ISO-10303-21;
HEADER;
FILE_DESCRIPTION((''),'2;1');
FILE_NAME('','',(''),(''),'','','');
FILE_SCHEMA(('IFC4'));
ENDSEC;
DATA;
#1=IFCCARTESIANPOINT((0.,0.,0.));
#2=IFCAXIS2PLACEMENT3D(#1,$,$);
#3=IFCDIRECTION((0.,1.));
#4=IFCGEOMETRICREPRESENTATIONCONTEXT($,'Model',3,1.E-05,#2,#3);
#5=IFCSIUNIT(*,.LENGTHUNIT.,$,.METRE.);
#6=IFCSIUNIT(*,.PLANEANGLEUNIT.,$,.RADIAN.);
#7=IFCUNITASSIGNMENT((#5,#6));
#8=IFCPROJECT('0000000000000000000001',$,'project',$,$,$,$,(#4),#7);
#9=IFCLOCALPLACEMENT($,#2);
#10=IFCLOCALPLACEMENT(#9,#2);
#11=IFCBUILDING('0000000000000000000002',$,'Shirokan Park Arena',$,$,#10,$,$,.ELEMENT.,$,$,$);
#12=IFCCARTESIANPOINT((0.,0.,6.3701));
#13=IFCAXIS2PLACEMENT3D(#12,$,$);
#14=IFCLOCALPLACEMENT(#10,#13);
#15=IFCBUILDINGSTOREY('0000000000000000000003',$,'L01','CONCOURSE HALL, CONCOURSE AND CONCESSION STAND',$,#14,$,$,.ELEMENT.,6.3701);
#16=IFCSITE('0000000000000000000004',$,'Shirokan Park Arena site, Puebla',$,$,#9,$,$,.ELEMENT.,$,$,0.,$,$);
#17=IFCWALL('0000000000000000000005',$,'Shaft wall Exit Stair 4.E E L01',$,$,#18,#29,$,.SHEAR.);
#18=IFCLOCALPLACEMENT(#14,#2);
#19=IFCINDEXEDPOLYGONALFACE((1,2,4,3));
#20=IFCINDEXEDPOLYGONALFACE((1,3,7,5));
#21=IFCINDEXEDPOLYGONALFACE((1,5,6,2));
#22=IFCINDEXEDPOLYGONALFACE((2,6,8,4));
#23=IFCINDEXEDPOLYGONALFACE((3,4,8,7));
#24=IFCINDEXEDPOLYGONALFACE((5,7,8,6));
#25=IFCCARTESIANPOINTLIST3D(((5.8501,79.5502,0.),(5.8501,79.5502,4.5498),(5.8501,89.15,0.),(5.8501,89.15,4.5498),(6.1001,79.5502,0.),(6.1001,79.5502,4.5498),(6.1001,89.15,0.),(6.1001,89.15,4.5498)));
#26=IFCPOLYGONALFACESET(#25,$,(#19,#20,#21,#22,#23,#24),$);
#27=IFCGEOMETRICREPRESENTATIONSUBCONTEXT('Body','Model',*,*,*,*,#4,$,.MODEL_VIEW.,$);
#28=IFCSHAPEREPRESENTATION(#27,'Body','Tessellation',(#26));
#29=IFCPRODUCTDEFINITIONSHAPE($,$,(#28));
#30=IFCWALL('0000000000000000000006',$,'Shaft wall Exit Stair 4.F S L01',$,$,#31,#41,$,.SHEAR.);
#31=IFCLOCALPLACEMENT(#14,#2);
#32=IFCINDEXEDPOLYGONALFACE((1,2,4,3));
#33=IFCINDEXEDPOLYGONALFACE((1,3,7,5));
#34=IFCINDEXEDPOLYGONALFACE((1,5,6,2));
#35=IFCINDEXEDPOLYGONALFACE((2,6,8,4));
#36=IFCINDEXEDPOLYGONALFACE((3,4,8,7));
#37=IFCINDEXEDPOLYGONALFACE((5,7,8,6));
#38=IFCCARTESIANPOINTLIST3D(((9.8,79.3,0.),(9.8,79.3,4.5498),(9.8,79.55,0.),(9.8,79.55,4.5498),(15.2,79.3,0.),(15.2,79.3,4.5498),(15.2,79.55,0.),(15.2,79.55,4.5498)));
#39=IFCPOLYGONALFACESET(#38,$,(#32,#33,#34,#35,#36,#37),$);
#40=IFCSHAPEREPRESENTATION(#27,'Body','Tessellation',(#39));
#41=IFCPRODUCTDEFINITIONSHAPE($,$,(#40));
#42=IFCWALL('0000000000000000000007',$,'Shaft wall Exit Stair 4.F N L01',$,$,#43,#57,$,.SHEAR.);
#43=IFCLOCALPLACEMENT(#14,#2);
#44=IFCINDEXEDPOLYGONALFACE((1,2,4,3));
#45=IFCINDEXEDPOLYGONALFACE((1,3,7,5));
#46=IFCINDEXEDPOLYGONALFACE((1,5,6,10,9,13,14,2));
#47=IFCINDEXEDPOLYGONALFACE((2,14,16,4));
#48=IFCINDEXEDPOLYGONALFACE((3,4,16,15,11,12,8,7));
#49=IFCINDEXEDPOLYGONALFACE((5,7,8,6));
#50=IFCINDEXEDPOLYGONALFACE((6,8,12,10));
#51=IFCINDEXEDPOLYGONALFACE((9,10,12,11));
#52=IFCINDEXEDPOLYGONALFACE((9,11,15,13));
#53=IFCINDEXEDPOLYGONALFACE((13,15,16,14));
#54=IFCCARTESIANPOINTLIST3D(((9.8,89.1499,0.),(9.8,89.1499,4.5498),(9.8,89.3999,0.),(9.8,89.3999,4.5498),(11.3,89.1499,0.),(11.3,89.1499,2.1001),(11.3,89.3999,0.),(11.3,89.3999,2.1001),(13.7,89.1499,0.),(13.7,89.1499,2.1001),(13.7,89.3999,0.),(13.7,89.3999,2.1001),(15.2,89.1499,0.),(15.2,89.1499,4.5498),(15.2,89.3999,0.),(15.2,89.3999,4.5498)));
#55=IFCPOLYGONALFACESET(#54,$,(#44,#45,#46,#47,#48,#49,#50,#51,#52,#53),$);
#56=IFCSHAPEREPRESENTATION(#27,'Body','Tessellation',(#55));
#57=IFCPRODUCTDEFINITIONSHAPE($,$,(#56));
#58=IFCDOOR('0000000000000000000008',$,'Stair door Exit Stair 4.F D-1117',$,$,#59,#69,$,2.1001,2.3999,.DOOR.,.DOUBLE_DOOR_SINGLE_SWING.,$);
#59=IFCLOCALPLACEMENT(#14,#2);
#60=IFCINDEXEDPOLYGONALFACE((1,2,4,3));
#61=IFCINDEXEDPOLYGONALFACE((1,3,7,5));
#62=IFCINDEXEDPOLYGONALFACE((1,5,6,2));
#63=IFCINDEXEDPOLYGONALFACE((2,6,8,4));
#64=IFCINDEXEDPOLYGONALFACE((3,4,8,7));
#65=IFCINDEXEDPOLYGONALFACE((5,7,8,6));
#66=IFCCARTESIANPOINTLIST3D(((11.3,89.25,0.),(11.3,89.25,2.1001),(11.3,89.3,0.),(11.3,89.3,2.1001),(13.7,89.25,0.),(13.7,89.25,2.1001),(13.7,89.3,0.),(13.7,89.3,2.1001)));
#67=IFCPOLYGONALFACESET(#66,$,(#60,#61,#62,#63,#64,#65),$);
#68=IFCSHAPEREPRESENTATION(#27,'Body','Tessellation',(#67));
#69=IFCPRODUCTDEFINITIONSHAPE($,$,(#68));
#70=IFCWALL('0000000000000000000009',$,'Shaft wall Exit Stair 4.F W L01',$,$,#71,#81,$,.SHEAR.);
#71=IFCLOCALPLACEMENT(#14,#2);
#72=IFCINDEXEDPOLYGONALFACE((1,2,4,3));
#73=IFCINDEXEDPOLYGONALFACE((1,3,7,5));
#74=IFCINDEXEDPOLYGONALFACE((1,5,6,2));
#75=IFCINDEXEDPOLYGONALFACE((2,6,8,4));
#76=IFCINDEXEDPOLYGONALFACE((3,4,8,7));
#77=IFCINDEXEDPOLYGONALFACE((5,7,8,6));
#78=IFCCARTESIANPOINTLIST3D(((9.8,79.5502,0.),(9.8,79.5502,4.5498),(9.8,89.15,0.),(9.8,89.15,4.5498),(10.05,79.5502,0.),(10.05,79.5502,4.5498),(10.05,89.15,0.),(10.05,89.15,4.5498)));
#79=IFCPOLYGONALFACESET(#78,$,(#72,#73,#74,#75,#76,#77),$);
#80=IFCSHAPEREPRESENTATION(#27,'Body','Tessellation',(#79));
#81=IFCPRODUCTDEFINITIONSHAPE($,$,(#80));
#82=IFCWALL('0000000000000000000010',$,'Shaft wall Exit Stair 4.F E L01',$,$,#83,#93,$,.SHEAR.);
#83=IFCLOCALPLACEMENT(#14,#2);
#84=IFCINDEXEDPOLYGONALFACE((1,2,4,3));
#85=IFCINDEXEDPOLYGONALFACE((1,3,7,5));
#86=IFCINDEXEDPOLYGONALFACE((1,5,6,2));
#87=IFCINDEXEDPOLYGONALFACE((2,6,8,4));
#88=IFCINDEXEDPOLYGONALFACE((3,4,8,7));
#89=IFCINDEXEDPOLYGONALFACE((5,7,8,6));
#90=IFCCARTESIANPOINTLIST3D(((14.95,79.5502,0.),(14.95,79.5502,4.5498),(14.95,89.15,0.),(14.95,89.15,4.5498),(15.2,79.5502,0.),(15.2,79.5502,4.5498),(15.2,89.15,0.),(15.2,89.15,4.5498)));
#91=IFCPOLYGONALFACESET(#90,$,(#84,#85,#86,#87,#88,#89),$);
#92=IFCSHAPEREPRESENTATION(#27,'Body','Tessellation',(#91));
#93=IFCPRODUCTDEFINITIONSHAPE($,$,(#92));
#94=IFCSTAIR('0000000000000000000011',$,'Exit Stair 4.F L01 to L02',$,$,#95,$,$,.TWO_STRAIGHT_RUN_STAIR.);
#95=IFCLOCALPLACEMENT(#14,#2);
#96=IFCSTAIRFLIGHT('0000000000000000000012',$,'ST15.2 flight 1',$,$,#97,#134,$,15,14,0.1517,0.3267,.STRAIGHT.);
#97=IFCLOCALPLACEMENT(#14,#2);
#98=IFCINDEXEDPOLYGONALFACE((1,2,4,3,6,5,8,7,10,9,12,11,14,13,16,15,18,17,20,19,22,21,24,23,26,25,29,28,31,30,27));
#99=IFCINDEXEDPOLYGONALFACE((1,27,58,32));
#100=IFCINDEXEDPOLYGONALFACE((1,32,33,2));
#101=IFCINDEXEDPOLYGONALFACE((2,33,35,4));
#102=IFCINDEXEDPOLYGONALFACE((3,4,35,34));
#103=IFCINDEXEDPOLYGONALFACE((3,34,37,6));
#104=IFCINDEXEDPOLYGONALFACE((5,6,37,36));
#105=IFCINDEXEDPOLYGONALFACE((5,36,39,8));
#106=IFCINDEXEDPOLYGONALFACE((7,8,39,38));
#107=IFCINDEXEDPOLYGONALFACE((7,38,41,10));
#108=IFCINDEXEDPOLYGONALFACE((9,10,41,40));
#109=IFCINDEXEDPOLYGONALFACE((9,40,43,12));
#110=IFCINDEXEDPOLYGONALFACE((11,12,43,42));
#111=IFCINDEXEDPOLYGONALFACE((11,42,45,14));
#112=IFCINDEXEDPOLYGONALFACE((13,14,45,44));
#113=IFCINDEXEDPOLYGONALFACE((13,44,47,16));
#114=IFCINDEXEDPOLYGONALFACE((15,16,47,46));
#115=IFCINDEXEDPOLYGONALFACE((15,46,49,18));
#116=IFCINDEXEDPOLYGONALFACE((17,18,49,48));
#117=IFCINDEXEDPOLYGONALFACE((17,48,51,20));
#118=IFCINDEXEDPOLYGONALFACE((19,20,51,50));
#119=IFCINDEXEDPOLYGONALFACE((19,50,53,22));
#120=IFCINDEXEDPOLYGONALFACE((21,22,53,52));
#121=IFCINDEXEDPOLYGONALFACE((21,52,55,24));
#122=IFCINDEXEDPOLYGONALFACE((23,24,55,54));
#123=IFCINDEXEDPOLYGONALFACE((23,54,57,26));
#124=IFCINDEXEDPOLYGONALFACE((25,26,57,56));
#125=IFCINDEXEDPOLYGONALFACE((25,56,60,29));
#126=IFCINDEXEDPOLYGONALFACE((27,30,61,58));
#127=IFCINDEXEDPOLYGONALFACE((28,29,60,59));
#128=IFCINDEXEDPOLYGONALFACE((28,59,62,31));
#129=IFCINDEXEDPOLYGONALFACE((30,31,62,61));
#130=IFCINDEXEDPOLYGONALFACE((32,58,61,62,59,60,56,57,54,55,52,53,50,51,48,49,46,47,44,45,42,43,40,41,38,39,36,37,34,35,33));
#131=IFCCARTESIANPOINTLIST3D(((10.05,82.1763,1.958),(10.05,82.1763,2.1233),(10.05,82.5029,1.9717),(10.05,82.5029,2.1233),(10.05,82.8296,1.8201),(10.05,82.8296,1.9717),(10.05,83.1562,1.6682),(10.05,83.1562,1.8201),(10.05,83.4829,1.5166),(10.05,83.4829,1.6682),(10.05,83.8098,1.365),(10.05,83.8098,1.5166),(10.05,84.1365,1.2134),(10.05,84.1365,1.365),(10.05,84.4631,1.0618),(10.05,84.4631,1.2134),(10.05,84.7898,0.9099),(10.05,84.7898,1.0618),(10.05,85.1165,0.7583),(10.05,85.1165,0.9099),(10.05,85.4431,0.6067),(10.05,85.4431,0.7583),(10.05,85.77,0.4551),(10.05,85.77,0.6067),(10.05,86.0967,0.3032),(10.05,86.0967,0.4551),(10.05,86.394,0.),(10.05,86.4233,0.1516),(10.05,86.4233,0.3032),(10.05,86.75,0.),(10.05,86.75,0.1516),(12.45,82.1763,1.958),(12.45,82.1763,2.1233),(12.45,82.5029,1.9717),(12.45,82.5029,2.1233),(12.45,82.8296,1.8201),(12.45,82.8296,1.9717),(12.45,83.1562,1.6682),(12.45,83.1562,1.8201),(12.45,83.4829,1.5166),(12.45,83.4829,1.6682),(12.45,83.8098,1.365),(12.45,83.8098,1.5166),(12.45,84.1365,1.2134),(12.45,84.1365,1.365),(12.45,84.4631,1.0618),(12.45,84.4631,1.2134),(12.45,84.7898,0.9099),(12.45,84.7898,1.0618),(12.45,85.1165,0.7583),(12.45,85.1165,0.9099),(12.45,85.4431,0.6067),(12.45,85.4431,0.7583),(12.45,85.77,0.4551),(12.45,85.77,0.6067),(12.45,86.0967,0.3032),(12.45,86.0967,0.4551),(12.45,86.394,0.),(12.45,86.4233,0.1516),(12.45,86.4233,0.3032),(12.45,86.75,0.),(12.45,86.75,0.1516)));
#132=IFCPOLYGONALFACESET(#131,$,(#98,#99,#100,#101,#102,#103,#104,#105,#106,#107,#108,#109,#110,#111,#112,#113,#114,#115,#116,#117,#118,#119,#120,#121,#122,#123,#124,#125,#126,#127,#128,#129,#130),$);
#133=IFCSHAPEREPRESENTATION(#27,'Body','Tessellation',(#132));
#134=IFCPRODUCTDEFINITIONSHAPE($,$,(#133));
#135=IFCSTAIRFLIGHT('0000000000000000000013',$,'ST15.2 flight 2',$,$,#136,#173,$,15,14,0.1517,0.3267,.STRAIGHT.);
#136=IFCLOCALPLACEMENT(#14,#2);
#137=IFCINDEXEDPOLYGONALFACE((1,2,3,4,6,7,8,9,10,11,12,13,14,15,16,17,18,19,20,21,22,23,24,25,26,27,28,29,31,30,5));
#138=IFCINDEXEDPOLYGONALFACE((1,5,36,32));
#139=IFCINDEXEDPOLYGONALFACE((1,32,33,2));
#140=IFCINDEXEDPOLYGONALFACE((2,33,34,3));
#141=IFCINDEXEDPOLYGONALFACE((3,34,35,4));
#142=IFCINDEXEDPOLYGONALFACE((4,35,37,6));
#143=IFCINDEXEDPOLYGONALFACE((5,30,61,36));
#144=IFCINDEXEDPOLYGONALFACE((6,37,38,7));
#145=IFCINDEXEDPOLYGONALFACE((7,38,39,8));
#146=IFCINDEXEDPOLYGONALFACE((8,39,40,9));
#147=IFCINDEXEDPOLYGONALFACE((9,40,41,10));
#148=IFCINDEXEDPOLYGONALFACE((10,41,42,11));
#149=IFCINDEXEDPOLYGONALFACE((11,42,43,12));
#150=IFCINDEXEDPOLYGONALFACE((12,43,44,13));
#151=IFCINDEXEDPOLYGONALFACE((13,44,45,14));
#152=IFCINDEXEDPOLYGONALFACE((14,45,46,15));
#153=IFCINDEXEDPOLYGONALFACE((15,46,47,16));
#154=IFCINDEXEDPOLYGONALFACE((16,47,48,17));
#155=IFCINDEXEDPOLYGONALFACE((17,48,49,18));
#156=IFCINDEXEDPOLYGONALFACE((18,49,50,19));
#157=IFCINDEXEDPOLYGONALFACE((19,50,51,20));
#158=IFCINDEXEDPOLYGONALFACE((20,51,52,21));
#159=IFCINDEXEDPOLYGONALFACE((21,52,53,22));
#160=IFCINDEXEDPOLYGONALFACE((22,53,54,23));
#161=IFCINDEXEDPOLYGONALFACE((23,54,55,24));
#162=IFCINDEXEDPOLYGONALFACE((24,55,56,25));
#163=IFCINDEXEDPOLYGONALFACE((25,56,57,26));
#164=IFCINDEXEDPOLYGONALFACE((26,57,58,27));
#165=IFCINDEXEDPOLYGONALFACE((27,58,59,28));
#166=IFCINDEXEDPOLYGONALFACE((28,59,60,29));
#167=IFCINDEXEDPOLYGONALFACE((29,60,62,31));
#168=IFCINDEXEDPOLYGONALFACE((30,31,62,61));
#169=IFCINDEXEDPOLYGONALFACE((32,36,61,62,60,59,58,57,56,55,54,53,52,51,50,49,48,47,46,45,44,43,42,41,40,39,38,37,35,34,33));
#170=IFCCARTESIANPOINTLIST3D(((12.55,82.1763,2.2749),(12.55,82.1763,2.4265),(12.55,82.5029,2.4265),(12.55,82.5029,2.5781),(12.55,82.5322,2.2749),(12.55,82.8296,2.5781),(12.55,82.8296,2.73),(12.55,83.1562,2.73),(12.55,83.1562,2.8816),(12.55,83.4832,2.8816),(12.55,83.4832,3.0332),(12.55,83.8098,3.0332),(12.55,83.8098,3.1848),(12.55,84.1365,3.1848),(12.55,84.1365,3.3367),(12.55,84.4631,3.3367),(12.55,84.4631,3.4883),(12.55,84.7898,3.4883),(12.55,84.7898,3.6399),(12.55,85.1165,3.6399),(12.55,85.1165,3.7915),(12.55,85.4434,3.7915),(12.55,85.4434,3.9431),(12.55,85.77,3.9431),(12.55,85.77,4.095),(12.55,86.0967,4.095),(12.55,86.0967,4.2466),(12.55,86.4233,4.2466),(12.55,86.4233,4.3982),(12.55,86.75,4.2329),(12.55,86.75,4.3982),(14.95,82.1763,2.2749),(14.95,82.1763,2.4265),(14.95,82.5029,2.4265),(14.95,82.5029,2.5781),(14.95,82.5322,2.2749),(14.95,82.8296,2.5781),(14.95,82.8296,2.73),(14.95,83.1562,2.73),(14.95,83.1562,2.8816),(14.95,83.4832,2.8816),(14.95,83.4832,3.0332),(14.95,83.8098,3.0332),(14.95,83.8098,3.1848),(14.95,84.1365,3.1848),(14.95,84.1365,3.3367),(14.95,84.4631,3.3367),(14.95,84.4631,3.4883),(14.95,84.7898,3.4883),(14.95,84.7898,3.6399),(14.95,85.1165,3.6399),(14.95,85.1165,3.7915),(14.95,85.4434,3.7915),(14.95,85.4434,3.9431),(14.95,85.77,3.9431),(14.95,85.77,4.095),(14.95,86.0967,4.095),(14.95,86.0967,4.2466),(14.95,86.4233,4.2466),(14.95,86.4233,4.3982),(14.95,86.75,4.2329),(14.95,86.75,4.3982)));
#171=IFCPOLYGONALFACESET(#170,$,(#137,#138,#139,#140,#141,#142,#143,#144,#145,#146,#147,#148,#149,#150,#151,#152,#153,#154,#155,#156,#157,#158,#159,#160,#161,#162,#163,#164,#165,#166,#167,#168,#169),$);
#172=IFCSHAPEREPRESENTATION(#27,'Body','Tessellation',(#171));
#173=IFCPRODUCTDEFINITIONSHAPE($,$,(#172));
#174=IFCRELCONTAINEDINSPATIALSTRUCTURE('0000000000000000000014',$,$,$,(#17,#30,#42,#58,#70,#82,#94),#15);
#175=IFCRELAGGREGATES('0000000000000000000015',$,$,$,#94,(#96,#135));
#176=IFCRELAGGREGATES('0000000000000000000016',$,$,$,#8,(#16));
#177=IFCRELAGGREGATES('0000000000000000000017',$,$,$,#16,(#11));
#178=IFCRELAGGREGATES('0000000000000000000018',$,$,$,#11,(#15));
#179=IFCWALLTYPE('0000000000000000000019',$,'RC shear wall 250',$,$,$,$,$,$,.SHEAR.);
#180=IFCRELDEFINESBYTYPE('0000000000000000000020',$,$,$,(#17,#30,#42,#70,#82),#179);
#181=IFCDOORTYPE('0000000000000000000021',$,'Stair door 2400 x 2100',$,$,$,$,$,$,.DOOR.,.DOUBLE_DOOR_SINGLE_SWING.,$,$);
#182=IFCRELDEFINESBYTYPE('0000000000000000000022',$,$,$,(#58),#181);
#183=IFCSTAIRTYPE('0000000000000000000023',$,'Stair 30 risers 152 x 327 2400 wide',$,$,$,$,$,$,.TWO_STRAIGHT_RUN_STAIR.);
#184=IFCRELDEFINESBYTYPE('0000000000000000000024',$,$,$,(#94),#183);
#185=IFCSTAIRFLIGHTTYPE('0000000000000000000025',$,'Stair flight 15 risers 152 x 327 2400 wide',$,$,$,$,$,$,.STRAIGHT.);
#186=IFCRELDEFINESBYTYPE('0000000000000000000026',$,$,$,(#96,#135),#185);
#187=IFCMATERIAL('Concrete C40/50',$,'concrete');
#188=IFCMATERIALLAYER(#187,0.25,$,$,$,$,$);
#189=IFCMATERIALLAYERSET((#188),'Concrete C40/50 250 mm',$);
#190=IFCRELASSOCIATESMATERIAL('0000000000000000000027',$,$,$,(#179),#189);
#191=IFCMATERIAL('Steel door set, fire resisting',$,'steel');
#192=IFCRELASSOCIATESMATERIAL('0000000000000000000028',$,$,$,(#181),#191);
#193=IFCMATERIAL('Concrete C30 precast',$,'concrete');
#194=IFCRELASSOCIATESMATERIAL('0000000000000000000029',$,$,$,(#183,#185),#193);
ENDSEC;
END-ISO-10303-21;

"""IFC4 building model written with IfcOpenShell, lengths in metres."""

from ifc_helpers import new_model, si_unit, direction, frame, frame_2d, origin, place, context, subcontext, project, spatial, polyline, rectangle, outline, extrude, material, layer, layer_set, type_object, element, fill, aggregate, save


model = new_model("IFC4")

# Units and contexts
model_context = context("Model", 3, precision=1e-05, world=origin(), true_north=direction((0.0, 1.0)))
body_context = subcontext(model_context, "Body", "Model", "MODEL_VIEW")
ifc_project = project(units=[si_unit("LENGTHUNIT", "METRE"), si_unit("PLANEANGLEUNIT", "RADIAN")], contexts=[model_context])

# Site, building, storey
site_placement = place(None, origin())
site = spatial("IfcSite", under=ifc_project, at=site_placement, Name="Shirokan Park Arena site, Puebla", CompositionType="ELEMENT", RefElevation=0.0)
building_placement = place(site_placement, origin())
building = spatial("IfcBuilding", under=site, at=building_placement, Name="Shirokan Park Arena", CompositionType="ELEMENT")
storey_placement = place(building_placement, frame((0.0, 0.0, 6.3701)))
storey = spatial("IfcBuildingStorey", under=building, at=storey_placement, Name="L01", Description="CONCOURSE HALL, CONCOURSE AND CONCESSION STAND", CompositionType="ELEMENT", Elevation=6.3701)

# Shared definitions
ifc_material_1 = material(Name="Concrete C40/50", Category="concrete")
ifc_layer_1 = layer(ifc_material_1, 0.25)
ifc_layer_set_1 = layer_set([ifc_layer_1], Name="Concrete C40/50 250 mm")
wall_type_1 = type_object("IfcWallType", Name="RC shear wall 250", PredefinedType="SHEAR", material=ifc_layer_set_1)

# Shared definitions
ifc_material_2 = material(Name="Steel door set, fire resisting", Category="steel")
door_type_1 = type_object("IfcDoorType", Name="Stair door 2400 x 2100", OperationType="DOUBLE_DOOR_SINGLE_SWING", PredefinedType="DOOR", material=ifc_material_2)

# Walls
wall_1_placement = place(storey_placement, frame((5.9751, 89.1499, 0.0), z_axis=(0.0, 0.0, 1.0), x_axis=(0.0, -1.0, 0.0)))
element("IfcWall", 1, at=wall_1_placement, inside=storey, type_object=wall_type_1, Name="Shaft wall Exit Stair 4.E E L01", PredefinedType="SHEAR", context=body_context, shape_type="SweptSolid", body=[
    extrude(rectangle(XDim=9.5999, YDim=0.25, at=frame_2d((4.7998, 0.0))), origin(), (0.0, 0.0, 1.0), 4.5498),
])
wall_2_placement = place(storey_placement, frame((15.2, 79.425, 0.0), z_axis=(0.0, 0.0, 1.0), x_axis=(-1.0, 0.0, 0.0)))
element("IfcWall", 2, at=wall_2_placement, inside=storey, type_object=wall_type_1, Name="Shaft wall Exit Stair 4.F S L01", PredefinedType="SHEAR", context=body_context, shape_type="SweptSolid", body=[
    extrude(rectangle(XDim=5.3999, YDim=0.25, at=frame_2d((2.7, 0.0))), origin(), (0.0, 0.0, 1.0), 4.5498),
])

# Wall, opening, door
wall_3_placement = place(storey_placement, frame((15.2, 89.2749, 0.0), z_axis=(0.0, 0.0, 1.0), x_axis=(-1.0, 0.0, 0.0)))
wall_3 = element("IfcWall", 3, at=wall_3_placement, inside=storey, type_object=wall_type_1, Name="Shaft wall Exit Stair 4.F N L01", PredefinedType="SHEAR", context=body_context, shape_type="SweptSolid", body=[
    extrude(rectangle(XDim=5.3999, YDim=0.25, at=frame_2d((2.7, 0.0))), origin(), (0.0, 0.0, 1.0), 4.5498),
])
opening_1_placement = place(wall_3_placement, frame((1.5, 0.0, 0.0)))
opening_1 = element("IfcOpeningElement", 4, at=opening_1_placement, cuts=wall_3, PredefinedType="OPENING", context=body_context, shape_type="SweptSolid", body=[
    extrude(rectangle(XDim=2.3999, YDim=2.1001, at=frame_2d((1.2, 1.05))), frame((0.0, 0.135, 0.0), z_axis=(0.0, -1.0, 0.0), x_axis=(1.0, 0.0, 0.0)), (0.0, 0.0, 1.0), 0.27),
])
door_1_placement = place(opening_1_placement, origin())
door_1 = element("IfcDoor", 5, at=door_1_placement, inside=storey, type_object=door_type_1, Name="Stair door Exit Stair 4.F D-1117", OperationType="DOUBLE_DOOR_SINGLE_SWING", OverallHeight=2.1001, OverallWidth=2.3999, PredefinedType="DOOR", context=body_context, shape_type="SweptSolid", body=[
    extrude(rectangle(XDim=2.3999, YDim=2.1001, at=frame_2d((1.2, 1.05))), frame((0.0, 0.0249, 0.0), z_axis=(0.0, -1.0, 0.0), x_axis=(1.0, 0.0, 0.0)), (0.0, 0.0, 1.0), 0.05),
])
fill(opening_1, door_1)

# Walls
for number, where, z_axis, x_axis, name in (
    (6, (9.925, 89.1499, 0.0), (0.0, 0.0, 1.0), (0.0, -1.0, 0.0), "Shaft wall Exit Stair 4.F W L01"),
    (7, (15.075, 89.1499, 0.0), (0.0, 0.0, 1.0), (0.0, -1.0, 0.0), "Shaft wall Exit Stair 4.F E L01"),
):
    element("IfcWall", number, at=place(storey_placement, frame(where, z_axis=z_axis, x_axis=x_axis)), inside=storey, type_object=wall_type_1, Name=name, PredefinedType="SHEAR", context=body_context, shape_type="SweptSolid", body=[
        extrude(rectangle(XDim=9.5999, YDim=0.25, at=frame_2d((4.7998, 0.0))), origin(), (0.0, 0.0, 1.0), 4.5498),
    ])

# Stair, stair flights
ifc_material_3 = material(Name="Concrete C30 precast", Category="concrete")
stair_type = type_object("IfcStairType", Name="Stair 30 risers 152 x 327 2400 wide", PredefinedType="TWO_STRAIGHT_RUN_STAIR", material=ifc_material_3)
stair_placement = place(storey_placement, origin())
stair = element("IfcStair", 8, at=stair_placement, inside=storey, type_object=stair_type, Name="Exit Stair 4.F L01 to L02", PredefinedType="TWO_STRAIGHT_RUN_STAIR")
stair_flight_type = type_object("IfcStairFlightType", Name="Stair flight 15 risers 152 x 327 2400 wide", PredefinedType="STRAIGHT", material=ifc_material_3)
stair_flight_1_placement = place(storey_placement, frame((11.25, 86.75, 0.0), z_axis=(0.0, 0.0, 1.0), x_axis=(0.0, -1.0, 0.0)))
stair_flight_1 = element("IfcStairFlight", 9, at=stair_flight_1_placement, type_object=stair_flight_type, Name="ST15.2 flight 1", NumberOfRisers=15, NumberOfTreads=14, PredefinedType="STRAIGHT", RiserHeight=0.1517, TreadLength=0.3267, context=body_context, shape_type="SweptSolid", body=[
    extrude(outline(polyline([(0.0, 0.0), (0.0, 0.1516), (0.3267, 0.1516), (0.3267, 0.3032), (0.6533, 0.3032), (0.6533, 0.4551), (0.98, 0.4551), (0.98, 0.6067), (1.3069, 0.6067), (1.3069, 0.7583), (1.6335, 0.7583), (1.6335, 0.9099), (1.9602, 0.9099), (1.9602, 1.0618), (2.2869, 1.0618), (2.2869, 1.2134), (2.6135, 1.2134), (2.6135, 1.365), (2.9402, 1.365), (2.9402, 1.5166), (3.2671, 1.5166), (3.2671, 1.6682), (3.5938, 1.6682), (3.5938, 1.8201), (3.9204, 1.8201), (3.9204, 1.9717), (4.2471, 1.9717), (4.2471, 2.1233), (4.5737, 2.1233), (4.5737, 2.2749), (4.5737, 1.958), (0.356, 0.0), (0.0, 0.0)])), frame((0.0, 1.2, 0.0), z_axis=(0.0, -1.0, 0.0), x_axis=(1.0, 0.0, 0.0)), (0.0, 0.0, 1.0), 2.3999),
])
stair_flight_2_placement = place(storey_placement, frame((13.75, 82.1763, 2.2749), z_axis=(0.0, 0.0, 1.0), x_axis=(0.0, 1.0, 0.0)))
stair_flight_2 = element("IfcStairFlight", 10, at=stair_flight_2_placement, type_object=stair_flight_type, Name="ST15.2 flight 2", NumberOfRisers=15, NumberOfTreads=14, PredefinedType="STRAIGHT", RiserHeight=0.1517, TreadLength=0.3267, context=body_context, shape_type="SweptSolid", body=[
    extrude(outline(polyline([(0.0, 0.0), (0.0, 0.1516), (0.3267, 0.1516), (0.3267, 0.3032), (0.6533, 0.3032), (0.6533, 0.4551), (0.98, 0.4551), (0.98, 0.6067), (1.3069, 0.6067), (1.3069, 0.7583), (1.6335, 0.7583), (1.6335, 0.9099), (1.9602, 0.9099), (1.9602, 1.0618), (2.2869, 1.0618), (2.2869, 1.2134), (2.6135, 1.2134), (2.6135, 1.365), (2.9402, 1.365), (2.9402, 1.5166), (3.2671, 1.5166), (3.2671, 1.6682), (3.5938, 1.6682), (3.5938, 1.8201), (3.9204, 1.8201), (3.9204, 1.9717), (4.2471, 1.9717), (4.2471, 2.1233), (4.5737, 2.1233), (4.5737, 2.2749), (4.5737, 1.958), (0.356, 0.0), (0.0, 0.0)])), frame((0.0, 1.2, 0.0), z_axis=(0.0, -1.0, 0.0), x_axis=(1.0, 0.0, 0.0)), (0.0, 0.0, 1.0), 2.3999),
])
aggregate(stair, [stair_flight_1, stair_flight_2])

save(model, "model.ifc")
